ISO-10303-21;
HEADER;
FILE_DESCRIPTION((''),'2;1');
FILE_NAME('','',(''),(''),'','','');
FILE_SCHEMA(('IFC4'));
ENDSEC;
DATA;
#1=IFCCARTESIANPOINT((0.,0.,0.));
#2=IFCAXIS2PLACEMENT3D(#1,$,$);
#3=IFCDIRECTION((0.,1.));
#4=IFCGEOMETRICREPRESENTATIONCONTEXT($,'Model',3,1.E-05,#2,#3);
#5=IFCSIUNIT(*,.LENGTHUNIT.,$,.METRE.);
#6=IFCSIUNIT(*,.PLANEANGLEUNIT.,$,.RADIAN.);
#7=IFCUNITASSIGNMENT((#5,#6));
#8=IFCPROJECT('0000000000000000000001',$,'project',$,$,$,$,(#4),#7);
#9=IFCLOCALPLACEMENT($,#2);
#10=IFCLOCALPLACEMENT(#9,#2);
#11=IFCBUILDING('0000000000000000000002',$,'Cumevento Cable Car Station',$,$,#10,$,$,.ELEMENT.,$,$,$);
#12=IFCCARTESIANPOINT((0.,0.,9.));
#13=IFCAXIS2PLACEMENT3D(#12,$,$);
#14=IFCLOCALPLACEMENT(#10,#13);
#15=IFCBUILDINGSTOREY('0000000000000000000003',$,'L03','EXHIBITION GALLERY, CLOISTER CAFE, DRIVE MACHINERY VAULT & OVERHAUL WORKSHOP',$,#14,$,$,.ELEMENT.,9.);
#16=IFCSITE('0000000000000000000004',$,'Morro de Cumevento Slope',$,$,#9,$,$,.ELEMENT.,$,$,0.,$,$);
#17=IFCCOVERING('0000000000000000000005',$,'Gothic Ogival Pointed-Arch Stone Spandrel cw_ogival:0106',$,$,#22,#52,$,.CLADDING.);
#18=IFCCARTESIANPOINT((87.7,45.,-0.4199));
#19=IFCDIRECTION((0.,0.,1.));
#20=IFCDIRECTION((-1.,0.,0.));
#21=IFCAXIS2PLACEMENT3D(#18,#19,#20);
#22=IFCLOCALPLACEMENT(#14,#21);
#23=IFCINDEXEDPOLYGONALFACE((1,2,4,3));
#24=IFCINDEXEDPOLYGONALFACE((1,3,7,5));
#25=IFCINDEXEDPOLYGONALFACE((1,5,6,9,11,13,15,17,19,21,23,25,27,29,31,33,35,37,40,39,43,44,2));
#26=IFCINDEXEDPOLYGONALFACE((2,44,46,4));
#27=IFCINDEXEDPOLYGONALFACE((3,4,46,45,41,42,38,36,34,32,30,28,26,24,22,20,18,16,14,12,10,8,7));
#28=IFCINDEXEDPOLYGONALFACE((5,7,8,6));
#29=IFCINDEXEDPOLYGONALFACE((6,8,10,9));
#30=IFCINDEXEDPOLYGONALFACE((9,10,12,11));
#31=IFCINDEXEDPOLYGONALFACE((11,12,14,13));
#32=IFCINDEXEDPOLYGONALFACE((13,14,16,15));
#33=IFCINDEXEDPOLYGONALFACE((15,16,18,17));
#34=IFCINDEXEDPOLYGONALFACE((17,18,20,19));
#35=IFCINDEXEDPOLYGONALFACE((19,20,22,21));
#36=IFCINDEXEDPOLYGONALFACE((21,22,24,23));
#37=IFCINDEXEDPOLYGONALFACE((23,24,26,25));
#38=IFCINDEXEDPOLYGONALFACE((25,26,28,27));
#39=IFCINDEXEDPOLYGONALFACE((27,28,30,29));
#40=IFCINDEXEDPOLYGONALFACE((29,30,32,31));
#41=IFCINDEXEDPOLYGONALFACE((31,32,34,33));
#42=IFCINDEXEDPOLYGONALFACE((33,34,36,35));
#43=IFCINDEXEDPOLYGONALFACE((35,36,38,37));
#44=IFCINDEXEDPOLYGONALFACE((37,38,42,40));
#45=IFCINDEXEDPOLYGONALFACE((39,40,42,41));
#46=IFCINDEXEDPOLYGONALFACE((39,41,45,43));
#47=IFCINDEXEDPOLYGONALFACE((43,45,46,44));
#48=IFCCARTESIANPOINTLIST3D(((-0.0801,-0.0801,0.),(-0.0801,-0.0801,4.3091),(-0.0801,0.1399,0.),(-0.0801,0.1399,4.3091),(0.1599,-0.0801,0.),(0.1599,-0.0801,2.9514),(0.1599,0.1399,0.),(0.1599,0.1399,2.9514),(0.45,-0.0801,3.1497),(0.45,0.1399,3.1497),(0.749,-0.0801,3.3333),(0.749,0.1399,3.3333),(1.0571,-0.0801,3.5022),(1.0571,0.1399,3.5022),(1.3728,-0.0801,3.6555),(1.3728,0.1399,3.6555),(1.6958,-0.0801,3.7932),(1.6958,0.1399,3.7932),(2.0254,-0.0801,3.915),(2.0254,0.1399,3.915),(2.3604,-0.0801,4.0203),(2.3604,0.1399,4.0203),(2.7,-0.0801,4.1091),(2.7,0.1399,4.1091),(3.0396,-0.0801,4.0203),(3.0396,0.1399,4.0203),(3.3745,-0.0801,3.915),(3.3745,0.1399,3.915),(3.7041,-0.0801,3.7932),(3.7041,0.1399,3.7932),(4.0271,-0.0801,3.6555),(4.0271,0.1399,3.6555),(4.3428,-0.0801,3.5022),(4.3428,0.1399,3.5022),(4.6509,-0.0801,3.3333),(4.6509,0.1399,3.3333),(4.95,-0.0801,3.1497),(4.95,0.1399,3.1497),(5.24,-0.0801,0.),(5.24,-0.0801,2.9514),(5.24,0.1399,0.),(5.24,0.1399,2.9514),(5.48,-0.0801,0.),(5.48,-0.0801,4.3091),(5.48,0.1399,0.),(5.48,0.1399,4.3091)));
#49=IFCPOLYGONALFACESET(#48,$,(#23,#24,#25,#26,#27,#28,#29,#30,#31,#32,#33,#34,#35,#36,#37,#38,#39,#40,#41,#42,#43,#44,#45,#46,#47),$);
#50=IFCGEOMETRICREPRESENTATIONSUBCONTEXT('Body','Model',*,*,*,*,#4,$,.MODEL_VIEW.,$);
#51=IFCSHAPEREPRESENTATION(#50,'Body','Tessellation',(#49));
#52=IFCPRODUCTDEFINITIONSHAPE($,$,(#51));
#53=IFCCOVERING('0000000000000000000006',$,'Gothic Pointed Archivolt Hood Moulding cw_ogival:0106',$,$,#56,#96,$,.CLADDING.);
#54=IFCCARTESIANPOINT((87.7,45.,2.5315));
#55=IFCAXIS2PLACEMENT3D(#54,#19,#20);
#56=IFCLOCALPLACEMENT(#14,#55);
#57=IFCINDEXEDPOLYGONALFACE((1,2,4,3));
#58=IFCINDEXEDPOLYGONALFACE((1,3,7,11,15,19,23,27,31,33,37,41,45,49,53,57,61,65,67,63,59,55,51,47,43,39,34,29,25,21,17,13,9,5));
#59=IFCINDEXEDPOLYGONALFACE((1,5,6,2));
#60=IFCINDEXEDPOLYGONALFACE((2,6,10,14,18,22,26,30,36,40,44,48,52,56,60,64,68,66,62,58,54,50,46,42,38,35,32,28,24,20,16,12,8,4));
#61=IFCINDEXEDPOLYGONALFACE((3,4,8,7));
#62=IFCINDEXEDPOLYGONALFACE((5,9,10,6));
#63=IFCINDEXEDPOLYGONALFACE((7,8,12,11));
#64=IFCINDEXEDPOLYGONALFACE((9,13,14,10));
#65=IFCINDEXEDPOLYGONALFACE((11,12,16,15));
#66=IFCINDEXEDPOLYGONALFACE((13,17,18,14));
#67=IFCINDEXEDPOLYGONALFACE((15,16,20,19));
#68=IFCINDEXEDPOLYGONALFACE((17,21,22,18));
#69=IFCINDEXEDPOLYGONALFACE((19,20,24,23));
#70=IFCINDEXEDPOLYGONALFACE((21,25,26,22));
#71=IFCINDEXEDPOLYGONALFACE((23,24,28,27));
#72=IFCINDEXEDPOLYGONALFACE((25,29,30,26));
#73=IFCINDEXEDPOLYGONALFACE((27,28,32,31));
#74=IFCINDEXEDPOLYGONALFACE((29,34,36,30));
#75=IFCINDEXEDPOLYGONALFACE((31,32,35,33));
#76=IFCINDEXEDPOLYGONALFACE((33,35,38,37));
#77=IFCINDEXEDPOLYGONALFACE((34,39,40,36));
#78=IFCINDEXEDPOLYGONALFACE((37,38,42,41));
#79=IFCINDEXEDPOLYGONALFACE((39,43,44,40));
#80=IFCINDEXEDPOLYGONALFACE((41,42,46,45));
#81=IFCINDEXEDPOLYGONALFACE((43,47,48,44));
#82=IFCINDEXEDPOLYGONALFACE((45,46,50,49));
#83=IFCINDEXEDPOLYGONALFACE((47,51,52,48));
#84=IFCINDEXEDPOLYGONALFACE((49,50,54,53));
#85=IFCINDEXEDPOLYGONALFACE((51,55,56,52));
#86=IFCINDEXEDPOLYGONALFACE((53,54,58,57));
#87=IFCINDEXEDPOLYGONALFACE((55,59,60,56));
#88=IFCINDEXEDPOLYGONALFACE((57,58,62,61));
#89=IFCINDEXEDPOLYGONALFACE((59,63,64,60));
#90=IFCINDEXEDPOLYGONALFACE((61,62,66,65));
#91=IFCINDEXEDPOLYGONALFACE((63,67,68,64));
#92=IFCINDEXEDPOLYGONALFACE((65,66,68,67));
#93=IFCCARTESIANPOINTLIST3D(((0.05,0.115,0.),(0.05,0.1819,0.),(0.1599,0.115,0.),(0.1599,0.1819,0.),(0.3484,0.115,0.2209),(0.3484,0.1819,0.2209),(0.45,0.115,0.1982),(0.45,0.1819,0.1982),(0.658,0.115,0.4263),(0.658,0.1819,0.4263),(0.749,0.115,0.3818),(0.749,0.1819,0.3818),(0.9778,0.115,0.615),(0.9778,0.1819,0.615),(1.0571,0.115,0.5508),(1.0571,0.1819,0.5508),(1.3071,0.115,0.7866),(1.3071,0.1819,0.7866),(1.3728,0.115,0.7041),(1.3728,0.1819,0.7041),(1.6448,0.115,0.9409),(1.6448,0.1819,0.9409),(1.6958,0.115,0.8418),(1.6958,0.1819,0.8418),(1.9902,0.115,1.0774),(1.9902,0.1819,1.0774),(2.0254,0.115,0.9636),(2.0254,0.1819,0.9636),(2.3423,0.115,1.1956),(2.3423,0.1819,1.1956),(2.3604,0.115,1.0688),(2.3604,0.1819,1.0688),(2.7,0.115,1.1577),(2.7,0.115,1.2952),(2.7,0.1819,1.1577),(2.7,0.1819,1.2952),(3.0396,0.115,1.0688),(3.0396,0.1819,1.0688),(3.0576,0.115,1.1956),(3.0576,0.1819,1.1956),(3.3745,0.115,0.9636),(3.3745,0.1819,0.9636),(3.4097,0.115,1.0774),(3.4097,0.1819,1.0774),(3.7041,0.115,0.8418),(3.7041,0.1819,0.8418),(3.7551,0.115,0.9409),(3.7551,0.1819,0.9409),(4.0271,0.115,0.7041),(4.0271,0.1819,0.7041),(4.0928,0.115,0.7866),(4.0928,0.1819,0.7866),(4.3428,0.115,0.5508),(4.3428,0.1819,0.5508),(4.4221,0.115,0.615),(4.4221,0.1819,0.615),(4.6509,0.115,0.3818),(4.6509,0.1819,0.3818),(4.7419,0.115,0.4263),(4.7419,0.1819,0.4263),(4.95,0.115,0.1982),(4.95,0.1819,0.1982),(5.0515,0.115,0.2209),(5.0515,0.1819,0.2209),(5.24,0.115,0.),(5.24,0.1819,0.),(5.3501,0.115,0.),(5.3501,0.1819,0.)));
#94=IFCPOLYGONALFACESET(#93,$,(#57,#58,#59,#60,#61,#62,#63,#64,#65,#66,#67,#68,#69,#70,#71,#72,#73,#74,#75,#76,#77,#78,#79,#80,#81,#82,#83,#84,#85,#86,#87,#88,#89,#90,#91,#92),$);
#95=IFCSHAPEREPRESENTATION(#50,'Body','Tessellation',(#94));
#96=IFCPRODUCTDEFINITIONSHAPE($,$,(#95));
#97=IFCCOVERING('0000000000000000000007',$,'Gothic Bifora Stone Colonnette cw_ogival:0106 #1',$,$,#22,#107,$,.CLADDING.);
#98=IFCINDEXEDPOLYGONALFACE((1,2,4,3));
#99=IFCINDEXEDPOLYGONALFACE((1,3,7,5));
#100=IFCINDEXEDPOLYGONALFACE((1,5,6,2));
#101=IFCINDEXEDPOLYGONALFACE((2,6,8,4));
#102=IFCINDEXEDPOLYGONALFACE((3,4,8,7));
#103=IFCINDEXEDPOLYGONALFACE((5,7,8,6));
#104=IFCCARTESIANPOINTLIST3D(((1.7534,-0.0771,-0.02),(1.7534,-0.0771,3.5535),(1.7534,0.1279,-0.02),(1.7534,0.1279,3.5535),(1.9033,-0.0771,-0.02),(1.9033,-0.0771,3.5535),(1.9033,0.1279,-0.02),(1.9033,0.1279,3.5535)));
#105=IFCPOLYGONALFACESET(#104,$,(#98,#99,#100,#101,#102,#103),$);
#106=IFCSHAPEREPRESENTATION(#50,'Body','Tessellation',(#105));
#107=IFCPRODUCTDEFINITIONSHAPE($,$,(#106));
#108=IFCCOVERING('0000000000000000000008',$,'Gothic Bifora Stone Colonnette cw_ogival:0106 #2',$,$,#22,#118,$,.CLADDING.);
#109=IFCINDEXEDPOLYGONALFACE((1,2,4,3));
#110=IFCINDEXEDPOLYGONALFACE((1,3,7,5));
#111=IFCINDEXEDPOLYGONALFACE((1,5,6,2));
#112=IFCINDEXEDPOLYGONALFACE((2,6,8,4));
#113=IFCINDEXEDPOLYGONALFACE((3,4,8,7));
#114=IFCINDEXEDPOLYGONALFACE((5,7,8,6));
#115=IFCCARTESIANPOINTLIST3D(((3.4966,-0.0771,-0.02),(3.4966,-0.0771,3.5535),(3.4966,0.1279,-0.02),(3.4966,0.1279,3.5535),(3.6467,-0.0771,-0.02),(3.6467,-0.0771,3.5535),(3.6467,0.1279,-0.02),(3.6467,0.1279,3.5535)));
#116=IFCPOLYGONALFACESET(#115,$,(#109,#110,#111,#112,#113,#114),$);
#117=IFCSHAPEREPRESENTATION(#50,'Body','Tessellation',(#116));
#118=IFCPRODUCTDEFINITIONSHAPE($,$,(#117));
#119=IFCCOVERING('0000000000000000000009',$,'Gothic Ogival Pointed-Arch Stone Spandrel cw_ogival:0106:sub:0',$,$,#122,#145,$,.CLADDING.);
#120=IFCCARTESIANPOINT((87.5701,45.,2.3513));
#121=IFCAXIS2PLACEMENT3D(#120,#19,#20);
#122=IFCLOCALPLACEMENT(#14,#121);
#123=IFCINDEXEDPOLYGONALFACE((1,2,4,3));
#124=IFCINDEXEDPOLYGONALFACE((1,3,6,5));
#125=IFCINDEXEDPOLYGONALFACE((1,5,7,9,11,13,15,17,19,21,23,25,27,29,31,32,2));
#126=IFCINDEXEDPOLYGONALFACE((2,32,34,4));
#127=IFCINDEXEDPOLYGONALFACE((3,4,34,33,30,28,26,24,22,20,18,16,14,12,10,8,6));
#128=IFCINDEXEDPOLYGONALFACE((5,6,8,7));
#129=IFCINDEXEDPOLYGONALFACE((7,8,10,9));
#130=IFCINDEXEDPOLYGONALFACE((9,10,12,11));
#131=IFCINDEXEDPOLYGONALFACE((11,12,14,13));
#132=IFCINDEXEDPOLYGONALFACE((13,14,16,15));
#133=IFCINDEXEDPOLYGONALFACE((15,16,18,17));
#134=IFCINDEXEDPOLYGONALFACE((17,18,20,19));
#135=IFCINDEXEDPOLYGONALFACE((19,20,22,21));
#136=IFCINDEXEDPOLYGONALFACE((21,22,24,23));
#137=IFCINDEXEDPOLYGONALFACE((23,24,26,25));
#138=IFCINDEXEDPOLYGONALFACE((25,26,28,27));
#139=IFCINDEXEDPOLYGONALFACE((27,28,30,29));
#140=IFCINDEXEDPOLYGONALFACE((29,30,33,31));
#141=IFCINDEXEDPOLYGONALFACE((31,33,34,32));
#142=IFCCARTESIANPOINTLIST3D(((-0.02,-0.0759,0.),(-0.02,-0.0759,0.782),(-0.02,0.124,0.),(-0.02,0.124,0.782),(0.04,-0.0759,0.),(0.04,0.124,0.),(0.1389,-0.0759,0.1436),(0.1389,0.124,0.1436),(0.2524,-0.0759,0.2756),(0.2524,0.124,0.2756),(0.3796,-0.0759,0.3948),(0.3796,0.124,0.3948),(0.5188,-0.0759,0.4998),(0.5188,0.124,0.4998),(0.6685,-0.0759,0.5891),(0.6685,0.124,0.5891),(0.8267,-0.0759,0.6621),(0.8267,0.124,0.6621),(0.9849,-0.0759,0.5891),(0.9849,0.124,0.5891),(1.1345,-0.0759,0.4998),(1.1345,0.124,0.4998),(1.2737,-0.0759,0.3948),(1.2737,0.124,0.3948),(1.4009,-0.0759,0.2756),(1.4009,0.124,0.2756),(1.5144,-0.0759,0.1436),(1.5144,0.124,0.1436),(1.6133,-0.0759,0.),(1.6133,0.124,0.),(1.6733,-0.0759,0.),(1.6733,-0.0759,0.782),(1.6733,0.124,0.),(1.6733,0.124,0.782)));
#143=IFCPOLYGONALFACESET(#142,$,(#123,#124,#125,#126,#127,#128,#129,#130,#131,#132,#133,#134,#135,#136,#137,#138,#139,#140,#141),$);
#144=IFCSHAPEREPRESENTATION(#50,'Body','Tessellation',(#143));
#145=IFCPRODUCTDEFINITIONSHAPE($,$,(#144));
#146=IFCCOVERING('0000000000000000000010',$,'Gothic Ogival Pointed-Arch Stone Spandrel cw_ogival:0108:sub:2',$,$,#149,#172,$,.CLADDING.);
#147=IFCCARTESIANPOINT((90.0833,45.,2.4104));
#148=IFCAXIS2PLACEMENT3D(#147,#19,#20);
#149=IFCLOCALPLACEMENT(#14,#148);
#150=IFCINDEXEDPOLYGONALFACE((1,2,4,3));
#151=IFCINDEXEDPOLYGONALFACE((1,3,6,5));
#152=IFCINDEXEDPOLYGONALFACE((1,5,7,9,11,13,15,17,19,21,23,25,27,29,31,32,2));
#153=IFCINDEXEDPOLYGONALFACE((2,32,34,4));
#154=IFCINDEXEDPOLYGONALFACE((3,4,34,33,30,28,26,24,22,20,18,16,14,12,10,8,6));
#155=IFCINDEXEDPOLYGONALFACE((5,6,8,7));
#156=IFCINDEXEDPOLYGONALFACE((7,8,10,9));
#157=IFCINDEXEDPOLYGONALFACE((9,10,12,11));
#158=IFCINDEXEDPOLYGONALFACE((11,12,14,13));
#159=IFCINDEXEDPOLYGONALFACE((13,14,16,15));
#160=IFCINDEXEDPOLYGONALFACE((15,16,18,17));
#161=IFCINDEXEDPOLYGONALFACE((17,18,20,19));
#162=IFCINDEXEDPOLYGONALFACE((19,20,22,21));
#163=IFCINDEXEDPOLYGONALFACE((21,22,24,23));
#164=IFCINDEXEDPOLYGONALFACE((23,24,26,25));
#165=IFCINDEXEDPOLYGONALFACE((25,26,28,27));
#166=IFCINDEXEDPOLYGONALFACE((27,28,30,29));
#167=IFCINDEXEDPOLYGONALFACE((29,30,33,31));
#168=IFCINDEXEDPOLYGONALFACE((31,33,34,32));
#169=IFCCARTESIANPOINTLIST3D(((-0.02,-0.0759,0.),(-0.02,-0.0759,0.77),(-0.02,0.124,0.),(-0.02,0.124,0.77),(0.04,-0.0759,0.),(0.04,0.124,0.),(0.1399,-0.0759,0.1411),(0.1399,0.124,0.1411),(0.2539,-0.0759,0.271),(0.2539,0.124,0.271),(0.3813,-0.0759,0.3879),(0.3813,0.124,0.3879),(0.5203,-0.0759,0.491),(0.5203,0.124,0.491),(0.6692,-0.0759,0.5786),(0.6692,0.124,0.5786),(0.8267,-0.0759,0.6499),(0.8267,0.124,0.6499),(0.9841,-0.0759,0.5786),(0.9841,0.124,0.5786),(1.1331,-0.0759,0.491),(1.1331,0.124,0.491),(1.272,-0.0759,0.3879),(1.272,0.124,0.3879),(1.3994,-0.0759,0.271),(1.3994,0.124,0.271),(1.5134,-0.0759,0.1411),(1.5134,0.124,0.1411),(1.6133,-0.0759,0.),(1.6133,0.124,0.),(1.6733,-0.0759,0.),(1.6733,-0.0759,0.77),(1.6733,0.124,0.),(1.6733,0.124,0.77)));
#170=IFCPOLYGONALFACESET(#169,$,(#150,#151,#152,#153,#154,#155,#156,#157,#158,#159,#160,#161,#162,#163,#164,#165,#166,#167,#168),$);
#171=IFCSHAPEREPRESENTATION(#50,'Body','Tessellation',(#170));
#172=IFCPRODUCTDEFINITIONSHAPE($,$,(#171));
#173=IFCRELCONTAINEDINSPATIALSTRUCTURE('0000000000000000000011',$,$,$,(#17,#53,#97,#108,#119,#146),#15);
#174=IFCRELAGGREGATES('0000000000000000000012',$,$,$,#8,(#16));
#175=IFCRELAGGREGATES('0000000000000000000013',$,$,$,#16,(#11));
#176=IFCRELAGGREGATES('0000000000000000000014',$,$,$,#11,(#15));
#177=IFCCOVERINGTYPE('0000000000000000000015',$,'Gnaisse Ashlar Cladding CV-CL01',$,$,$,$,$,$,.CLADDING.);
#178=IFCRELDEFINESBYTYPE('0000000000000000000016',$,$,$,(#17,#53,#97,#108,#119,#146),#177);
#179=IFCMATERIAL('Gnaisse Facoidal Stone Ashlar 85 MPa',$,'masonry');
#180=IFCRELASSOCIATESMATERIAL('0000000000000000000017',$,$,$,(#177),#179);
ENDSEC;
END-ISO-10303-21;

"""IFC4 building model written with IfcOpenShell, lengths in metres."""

from ifc_helpers import new_model, si_unit, direction, frame, origin, place, context, subcontext, project, spatial, polyline, outline, extrude, material, type_object, element, save


model = new_model("IFC4")

# Units and contexts
model_context = context("Model", 3, precision=1e-05, world=origin(), true_north=direction((0.0, 1.0)))
body_context = subcontext(model_context, "Body", "Model", "MODEL_VIEW")
ifc_project = project(units=[si_unit("LENGTHUNIT", "METRE"), si_unit("PLANEANGLEUNIT", "RADIAN")], contexts=[model_context])

# Site, building, storey
site_placement = place(None, origin())
site = spatial("IfcSite", under=ifc_project, at=site_placement, Name="Morro de Cumevento Slope", CompositionType="ELEMENT", RefElevation=0.0)
building_placement = place(site_placement, origin())
building = spatial("IfcBuilding", under=site, at=building_placement, Name="Cumevento Cable Car Station", CompositionType="ELEMENT")
storey_placement = place(building_placement, frame((0.0, 0.0, 9.0)))
storey = spatial("IfcBuildingStorey", under=building, at=storey_placement, Name="L03", Description="EXHIBITION GALLERY, CLOISTER CAFE, DRIVE MACHINERY VAULT & OVERHAUL WORKSHOP", CompositionType="ELEMENT", Elevation=9.0)

# Coverings
ifc_material_1 = material(Name="Gnaisse Facoidal Stone Ashlar 85 MPa", Category="masonry")
covering_type = type_object("IfcCoveringType", Name="Gnaisse Ashlar Cladding CV-CL01", PredefinedType="CLADDING", material=ifc_material_1)
placement = place(storey_placement, frame((87.7, 45.0, -0.4199), z_axis=(0.0, 0.0, 1.0), x_axis=(-1.0, 0.0, 0.0)))
element("IfcCovering", 1, at=placement, inside=storey, type_object=covering_type, Name="Gothic Ogival Pointed-Arch Stone Spandrel cw_ogival:0106", PredefinedType="CLADDING", context=body_context, shape_type="SweptSolid", body=[
    extrude(outline(polyline([(-0.0801, 0.0), (-0.0801, 4.3091), (5.48, 4.3091), (5.48, 0.0), (5.24, 0.0), (5.24, 2.9514), (4.95, 3.1497), (4.6509, 3.3333), (4.3428, 3.5022), (4.0271, 3.6555), (3.7041, 3.7932), (3.3745, 3.915), (3.0396, 4.0203), (2.7, 4.1091), (2.3604, 4.0203), (2.0254, 3.915), (1.6958, 3.7932), (1.3728, 3.6555), (1.0571, 3.5022), (0.749, 3.3333), (0.45, 3.1497), (0.1599, 2.9514), (0.1599, 0.0), (-0.0801, 0.0)])), frame((0.0, 0.1399, 0.0), z_axis=(0.0, -1.0, 0.0), x_axis=(1.0, 0.0, 0.0)), (0.0, 0.0, 1.0), 0.22),
])
covering_1_placement = place(storey_placement, frame((87.7, 45.0, 2.5315), z_axis=(0.0, 0.0, 1.0), x_axis=(-1.0, 0.0, 0.0)))
element("IfcCovering", 2, at=covering_1_placement, inside=storey, type_object=covering_type, Name="Gothic Pointed Archivolt Hood Moulding cw_ogival:0106", PredefinedType="CLADDING", context=body_context, shape_type="SweptSolid", body=[
    extrude(outline(polyline([(0.1599, 0.0), (0.45, 0.1982), (0.749, 0.3818), (1.0571, 0.5508), (1.3728, 0.7041), (1.6958, 0.8418), (2.0254, 0.9636), (2.3604, 1.0688), (2.7, 1.1577), (3.0396, 1.0688), (3.3745, 0.9636), (3.7041, 0.8418), (4.0271, 0.7041), (4.3428, 0.5508), (4.6509, 0.3818), (4.95, 0.1982), (5.24, 0.0), (5.3501, 0.0), (5.0515, 0.2209), (4.7419, 0.4263), (4.4221, 0.615), (4.0928, 0.7866), (3.7551, 0.9409), (3.4097, 1.0774), (3.0576, 1.1956), (2.7, 1.2952), (2.3423, 1.1956), (1.9902, 1.0774), (1.6448, 0.9409), (1.3071, 0.7866), (0.9778, 0.615), (0.658, 0.4263), (0.3484, 0.2209), (0.05, 0.0), (0.1599, 0.0)])), frame((0.0, 0.1819, 0.0), z_axis=(0.0, -1.0, 0.0), x_axis=(1.0, 0.0, 0.0)), (0.0, 0.0, 1.0), 0.0669),
])
element("IfcCovering", 3, at=placement, inside=storey, type_object=covering_type, Name="Gothic Bifora Stone Colonnette cw_ogival:0106 #1", PredefinedType="CLADDING", context=body_context, shape_type="SweptSolid", body=[
    extrude(outline(polyline([(1.7534, -0.02), (1.9033, -0.02), (1.9033, 3.5535), (1.7534, 3.5535), (1.7534, -0.02)])), frame((0.0, 0.1279, 0.0), z_axis=(0.0, -1.0, 0.0), x_axis=(1.0, 0.0, 0.0)), (0.0, 0.0, 1.0), 0.2051),
])
element("IfcCovering", 4, at=placement, inside=storey, type_object=covering_type, Name="Gothic Bifora Stone Colonnette cw_ogival:0106 #2", PredefinedType="CLADDING", context=body_context, shape_type="SweptSolid", body=[
    extrude(outline(polyline([(3.4966, -0.02), (3.6467, -0.02), (3.6467, 3.5535), (3.4966, 3.5535), (3.4966, -0.02)])), frame((0.0, 0.1279, 0.0), z_axis=(0.0, -1.0, 0.0), x_axis=(1.0, 0.0, 0.0)), (0.0, 0.0, 1.0), 0.2051),
])
covering_2_placement = place(storey_placement, frame((87.5701, 45.0, 2.3513), z_axis=(0.0, 0.0, 1.0), x_axis=(-1.0, 0.0, 0.0)))
element("IfcCovering", 5, at=covering_2_placement, inside=storey, type_object=covering_type, Name="Gothic Ogival Pointed-Arch Stone Spandrel cw_ogival:0106:sub:0", PredefinedType="CLADDING", context=body_context, shape_type="SweptSolid", body=[
    extrude(outline(polyline([(-0.02, 0.0), (-0.02, 0.782), (1.6733, 0.782), (1.6733, 0.0), (1.6133, 0.0), (1.5144, 0.1436), (1.4009, 0.2756), (1.2737, 0.3948), (1.1345, 0.4998), (0.9849, 0.5891), (0.8267, 0.6621), (0.6685, 0.5891), (0.5188, 0.4998), (0.3796, 0.3948), (0.2524, 0.2756), (0.1389, 0.1436), (0.04, 0.0), (-0.02, 0.0)])), frame((0.0, 0.124, 0.0), z_axis=(0.0, -1.0, 0.0), x_axis=(1.0, 0.0, 0.0)), (0.0, 0.0, 1.0), 0.2),
])
covering_3_placement = place(storey_placement, frame((90.0833, 45.0, 2.4104), z_axis=(0.0, 0.0, 1.0), x_axis=(-1.0, 0.0, 0.0)))
element("IfcCovering", 6, at=covering_3_placement, inside=storey, type_object=covering_type, Name="Gothic Ogival Pointed-Arch Stone Spandrel cw_ogival:0108:sub:2", PredefinedType="CLADDING", context=body_context, shape_type="SweptSolid", body=[
    extrude(outline(polyline([(-0.02, 0.0), (-0.02, 0.77), (1.6733, 0.77), (1.6733, 0.0), (1.6133, 0.0), (1.5134, 0.1411), (1.3994, 0.271), (1.272, 0.3879), (1.1331, 0.491), (0.9841, 0.5786), (0.8267, 0.6499), (0.6692, 0.5786), (0.5203, 0.491), (0.3813, 0.3879), (0.2539, 0.271), (0.1399, 0.1411), (0.04, 0.0), (-0.02, 0.0)])), frame((0.0, 0.124, 0.0), z_axis=(0.0, -1.0, 0.0), x_axis=(1.0, 0.0, 0.0)), (0.0, 0.0, 1.0), 0.2),
])

save(model, "model.ifc")
